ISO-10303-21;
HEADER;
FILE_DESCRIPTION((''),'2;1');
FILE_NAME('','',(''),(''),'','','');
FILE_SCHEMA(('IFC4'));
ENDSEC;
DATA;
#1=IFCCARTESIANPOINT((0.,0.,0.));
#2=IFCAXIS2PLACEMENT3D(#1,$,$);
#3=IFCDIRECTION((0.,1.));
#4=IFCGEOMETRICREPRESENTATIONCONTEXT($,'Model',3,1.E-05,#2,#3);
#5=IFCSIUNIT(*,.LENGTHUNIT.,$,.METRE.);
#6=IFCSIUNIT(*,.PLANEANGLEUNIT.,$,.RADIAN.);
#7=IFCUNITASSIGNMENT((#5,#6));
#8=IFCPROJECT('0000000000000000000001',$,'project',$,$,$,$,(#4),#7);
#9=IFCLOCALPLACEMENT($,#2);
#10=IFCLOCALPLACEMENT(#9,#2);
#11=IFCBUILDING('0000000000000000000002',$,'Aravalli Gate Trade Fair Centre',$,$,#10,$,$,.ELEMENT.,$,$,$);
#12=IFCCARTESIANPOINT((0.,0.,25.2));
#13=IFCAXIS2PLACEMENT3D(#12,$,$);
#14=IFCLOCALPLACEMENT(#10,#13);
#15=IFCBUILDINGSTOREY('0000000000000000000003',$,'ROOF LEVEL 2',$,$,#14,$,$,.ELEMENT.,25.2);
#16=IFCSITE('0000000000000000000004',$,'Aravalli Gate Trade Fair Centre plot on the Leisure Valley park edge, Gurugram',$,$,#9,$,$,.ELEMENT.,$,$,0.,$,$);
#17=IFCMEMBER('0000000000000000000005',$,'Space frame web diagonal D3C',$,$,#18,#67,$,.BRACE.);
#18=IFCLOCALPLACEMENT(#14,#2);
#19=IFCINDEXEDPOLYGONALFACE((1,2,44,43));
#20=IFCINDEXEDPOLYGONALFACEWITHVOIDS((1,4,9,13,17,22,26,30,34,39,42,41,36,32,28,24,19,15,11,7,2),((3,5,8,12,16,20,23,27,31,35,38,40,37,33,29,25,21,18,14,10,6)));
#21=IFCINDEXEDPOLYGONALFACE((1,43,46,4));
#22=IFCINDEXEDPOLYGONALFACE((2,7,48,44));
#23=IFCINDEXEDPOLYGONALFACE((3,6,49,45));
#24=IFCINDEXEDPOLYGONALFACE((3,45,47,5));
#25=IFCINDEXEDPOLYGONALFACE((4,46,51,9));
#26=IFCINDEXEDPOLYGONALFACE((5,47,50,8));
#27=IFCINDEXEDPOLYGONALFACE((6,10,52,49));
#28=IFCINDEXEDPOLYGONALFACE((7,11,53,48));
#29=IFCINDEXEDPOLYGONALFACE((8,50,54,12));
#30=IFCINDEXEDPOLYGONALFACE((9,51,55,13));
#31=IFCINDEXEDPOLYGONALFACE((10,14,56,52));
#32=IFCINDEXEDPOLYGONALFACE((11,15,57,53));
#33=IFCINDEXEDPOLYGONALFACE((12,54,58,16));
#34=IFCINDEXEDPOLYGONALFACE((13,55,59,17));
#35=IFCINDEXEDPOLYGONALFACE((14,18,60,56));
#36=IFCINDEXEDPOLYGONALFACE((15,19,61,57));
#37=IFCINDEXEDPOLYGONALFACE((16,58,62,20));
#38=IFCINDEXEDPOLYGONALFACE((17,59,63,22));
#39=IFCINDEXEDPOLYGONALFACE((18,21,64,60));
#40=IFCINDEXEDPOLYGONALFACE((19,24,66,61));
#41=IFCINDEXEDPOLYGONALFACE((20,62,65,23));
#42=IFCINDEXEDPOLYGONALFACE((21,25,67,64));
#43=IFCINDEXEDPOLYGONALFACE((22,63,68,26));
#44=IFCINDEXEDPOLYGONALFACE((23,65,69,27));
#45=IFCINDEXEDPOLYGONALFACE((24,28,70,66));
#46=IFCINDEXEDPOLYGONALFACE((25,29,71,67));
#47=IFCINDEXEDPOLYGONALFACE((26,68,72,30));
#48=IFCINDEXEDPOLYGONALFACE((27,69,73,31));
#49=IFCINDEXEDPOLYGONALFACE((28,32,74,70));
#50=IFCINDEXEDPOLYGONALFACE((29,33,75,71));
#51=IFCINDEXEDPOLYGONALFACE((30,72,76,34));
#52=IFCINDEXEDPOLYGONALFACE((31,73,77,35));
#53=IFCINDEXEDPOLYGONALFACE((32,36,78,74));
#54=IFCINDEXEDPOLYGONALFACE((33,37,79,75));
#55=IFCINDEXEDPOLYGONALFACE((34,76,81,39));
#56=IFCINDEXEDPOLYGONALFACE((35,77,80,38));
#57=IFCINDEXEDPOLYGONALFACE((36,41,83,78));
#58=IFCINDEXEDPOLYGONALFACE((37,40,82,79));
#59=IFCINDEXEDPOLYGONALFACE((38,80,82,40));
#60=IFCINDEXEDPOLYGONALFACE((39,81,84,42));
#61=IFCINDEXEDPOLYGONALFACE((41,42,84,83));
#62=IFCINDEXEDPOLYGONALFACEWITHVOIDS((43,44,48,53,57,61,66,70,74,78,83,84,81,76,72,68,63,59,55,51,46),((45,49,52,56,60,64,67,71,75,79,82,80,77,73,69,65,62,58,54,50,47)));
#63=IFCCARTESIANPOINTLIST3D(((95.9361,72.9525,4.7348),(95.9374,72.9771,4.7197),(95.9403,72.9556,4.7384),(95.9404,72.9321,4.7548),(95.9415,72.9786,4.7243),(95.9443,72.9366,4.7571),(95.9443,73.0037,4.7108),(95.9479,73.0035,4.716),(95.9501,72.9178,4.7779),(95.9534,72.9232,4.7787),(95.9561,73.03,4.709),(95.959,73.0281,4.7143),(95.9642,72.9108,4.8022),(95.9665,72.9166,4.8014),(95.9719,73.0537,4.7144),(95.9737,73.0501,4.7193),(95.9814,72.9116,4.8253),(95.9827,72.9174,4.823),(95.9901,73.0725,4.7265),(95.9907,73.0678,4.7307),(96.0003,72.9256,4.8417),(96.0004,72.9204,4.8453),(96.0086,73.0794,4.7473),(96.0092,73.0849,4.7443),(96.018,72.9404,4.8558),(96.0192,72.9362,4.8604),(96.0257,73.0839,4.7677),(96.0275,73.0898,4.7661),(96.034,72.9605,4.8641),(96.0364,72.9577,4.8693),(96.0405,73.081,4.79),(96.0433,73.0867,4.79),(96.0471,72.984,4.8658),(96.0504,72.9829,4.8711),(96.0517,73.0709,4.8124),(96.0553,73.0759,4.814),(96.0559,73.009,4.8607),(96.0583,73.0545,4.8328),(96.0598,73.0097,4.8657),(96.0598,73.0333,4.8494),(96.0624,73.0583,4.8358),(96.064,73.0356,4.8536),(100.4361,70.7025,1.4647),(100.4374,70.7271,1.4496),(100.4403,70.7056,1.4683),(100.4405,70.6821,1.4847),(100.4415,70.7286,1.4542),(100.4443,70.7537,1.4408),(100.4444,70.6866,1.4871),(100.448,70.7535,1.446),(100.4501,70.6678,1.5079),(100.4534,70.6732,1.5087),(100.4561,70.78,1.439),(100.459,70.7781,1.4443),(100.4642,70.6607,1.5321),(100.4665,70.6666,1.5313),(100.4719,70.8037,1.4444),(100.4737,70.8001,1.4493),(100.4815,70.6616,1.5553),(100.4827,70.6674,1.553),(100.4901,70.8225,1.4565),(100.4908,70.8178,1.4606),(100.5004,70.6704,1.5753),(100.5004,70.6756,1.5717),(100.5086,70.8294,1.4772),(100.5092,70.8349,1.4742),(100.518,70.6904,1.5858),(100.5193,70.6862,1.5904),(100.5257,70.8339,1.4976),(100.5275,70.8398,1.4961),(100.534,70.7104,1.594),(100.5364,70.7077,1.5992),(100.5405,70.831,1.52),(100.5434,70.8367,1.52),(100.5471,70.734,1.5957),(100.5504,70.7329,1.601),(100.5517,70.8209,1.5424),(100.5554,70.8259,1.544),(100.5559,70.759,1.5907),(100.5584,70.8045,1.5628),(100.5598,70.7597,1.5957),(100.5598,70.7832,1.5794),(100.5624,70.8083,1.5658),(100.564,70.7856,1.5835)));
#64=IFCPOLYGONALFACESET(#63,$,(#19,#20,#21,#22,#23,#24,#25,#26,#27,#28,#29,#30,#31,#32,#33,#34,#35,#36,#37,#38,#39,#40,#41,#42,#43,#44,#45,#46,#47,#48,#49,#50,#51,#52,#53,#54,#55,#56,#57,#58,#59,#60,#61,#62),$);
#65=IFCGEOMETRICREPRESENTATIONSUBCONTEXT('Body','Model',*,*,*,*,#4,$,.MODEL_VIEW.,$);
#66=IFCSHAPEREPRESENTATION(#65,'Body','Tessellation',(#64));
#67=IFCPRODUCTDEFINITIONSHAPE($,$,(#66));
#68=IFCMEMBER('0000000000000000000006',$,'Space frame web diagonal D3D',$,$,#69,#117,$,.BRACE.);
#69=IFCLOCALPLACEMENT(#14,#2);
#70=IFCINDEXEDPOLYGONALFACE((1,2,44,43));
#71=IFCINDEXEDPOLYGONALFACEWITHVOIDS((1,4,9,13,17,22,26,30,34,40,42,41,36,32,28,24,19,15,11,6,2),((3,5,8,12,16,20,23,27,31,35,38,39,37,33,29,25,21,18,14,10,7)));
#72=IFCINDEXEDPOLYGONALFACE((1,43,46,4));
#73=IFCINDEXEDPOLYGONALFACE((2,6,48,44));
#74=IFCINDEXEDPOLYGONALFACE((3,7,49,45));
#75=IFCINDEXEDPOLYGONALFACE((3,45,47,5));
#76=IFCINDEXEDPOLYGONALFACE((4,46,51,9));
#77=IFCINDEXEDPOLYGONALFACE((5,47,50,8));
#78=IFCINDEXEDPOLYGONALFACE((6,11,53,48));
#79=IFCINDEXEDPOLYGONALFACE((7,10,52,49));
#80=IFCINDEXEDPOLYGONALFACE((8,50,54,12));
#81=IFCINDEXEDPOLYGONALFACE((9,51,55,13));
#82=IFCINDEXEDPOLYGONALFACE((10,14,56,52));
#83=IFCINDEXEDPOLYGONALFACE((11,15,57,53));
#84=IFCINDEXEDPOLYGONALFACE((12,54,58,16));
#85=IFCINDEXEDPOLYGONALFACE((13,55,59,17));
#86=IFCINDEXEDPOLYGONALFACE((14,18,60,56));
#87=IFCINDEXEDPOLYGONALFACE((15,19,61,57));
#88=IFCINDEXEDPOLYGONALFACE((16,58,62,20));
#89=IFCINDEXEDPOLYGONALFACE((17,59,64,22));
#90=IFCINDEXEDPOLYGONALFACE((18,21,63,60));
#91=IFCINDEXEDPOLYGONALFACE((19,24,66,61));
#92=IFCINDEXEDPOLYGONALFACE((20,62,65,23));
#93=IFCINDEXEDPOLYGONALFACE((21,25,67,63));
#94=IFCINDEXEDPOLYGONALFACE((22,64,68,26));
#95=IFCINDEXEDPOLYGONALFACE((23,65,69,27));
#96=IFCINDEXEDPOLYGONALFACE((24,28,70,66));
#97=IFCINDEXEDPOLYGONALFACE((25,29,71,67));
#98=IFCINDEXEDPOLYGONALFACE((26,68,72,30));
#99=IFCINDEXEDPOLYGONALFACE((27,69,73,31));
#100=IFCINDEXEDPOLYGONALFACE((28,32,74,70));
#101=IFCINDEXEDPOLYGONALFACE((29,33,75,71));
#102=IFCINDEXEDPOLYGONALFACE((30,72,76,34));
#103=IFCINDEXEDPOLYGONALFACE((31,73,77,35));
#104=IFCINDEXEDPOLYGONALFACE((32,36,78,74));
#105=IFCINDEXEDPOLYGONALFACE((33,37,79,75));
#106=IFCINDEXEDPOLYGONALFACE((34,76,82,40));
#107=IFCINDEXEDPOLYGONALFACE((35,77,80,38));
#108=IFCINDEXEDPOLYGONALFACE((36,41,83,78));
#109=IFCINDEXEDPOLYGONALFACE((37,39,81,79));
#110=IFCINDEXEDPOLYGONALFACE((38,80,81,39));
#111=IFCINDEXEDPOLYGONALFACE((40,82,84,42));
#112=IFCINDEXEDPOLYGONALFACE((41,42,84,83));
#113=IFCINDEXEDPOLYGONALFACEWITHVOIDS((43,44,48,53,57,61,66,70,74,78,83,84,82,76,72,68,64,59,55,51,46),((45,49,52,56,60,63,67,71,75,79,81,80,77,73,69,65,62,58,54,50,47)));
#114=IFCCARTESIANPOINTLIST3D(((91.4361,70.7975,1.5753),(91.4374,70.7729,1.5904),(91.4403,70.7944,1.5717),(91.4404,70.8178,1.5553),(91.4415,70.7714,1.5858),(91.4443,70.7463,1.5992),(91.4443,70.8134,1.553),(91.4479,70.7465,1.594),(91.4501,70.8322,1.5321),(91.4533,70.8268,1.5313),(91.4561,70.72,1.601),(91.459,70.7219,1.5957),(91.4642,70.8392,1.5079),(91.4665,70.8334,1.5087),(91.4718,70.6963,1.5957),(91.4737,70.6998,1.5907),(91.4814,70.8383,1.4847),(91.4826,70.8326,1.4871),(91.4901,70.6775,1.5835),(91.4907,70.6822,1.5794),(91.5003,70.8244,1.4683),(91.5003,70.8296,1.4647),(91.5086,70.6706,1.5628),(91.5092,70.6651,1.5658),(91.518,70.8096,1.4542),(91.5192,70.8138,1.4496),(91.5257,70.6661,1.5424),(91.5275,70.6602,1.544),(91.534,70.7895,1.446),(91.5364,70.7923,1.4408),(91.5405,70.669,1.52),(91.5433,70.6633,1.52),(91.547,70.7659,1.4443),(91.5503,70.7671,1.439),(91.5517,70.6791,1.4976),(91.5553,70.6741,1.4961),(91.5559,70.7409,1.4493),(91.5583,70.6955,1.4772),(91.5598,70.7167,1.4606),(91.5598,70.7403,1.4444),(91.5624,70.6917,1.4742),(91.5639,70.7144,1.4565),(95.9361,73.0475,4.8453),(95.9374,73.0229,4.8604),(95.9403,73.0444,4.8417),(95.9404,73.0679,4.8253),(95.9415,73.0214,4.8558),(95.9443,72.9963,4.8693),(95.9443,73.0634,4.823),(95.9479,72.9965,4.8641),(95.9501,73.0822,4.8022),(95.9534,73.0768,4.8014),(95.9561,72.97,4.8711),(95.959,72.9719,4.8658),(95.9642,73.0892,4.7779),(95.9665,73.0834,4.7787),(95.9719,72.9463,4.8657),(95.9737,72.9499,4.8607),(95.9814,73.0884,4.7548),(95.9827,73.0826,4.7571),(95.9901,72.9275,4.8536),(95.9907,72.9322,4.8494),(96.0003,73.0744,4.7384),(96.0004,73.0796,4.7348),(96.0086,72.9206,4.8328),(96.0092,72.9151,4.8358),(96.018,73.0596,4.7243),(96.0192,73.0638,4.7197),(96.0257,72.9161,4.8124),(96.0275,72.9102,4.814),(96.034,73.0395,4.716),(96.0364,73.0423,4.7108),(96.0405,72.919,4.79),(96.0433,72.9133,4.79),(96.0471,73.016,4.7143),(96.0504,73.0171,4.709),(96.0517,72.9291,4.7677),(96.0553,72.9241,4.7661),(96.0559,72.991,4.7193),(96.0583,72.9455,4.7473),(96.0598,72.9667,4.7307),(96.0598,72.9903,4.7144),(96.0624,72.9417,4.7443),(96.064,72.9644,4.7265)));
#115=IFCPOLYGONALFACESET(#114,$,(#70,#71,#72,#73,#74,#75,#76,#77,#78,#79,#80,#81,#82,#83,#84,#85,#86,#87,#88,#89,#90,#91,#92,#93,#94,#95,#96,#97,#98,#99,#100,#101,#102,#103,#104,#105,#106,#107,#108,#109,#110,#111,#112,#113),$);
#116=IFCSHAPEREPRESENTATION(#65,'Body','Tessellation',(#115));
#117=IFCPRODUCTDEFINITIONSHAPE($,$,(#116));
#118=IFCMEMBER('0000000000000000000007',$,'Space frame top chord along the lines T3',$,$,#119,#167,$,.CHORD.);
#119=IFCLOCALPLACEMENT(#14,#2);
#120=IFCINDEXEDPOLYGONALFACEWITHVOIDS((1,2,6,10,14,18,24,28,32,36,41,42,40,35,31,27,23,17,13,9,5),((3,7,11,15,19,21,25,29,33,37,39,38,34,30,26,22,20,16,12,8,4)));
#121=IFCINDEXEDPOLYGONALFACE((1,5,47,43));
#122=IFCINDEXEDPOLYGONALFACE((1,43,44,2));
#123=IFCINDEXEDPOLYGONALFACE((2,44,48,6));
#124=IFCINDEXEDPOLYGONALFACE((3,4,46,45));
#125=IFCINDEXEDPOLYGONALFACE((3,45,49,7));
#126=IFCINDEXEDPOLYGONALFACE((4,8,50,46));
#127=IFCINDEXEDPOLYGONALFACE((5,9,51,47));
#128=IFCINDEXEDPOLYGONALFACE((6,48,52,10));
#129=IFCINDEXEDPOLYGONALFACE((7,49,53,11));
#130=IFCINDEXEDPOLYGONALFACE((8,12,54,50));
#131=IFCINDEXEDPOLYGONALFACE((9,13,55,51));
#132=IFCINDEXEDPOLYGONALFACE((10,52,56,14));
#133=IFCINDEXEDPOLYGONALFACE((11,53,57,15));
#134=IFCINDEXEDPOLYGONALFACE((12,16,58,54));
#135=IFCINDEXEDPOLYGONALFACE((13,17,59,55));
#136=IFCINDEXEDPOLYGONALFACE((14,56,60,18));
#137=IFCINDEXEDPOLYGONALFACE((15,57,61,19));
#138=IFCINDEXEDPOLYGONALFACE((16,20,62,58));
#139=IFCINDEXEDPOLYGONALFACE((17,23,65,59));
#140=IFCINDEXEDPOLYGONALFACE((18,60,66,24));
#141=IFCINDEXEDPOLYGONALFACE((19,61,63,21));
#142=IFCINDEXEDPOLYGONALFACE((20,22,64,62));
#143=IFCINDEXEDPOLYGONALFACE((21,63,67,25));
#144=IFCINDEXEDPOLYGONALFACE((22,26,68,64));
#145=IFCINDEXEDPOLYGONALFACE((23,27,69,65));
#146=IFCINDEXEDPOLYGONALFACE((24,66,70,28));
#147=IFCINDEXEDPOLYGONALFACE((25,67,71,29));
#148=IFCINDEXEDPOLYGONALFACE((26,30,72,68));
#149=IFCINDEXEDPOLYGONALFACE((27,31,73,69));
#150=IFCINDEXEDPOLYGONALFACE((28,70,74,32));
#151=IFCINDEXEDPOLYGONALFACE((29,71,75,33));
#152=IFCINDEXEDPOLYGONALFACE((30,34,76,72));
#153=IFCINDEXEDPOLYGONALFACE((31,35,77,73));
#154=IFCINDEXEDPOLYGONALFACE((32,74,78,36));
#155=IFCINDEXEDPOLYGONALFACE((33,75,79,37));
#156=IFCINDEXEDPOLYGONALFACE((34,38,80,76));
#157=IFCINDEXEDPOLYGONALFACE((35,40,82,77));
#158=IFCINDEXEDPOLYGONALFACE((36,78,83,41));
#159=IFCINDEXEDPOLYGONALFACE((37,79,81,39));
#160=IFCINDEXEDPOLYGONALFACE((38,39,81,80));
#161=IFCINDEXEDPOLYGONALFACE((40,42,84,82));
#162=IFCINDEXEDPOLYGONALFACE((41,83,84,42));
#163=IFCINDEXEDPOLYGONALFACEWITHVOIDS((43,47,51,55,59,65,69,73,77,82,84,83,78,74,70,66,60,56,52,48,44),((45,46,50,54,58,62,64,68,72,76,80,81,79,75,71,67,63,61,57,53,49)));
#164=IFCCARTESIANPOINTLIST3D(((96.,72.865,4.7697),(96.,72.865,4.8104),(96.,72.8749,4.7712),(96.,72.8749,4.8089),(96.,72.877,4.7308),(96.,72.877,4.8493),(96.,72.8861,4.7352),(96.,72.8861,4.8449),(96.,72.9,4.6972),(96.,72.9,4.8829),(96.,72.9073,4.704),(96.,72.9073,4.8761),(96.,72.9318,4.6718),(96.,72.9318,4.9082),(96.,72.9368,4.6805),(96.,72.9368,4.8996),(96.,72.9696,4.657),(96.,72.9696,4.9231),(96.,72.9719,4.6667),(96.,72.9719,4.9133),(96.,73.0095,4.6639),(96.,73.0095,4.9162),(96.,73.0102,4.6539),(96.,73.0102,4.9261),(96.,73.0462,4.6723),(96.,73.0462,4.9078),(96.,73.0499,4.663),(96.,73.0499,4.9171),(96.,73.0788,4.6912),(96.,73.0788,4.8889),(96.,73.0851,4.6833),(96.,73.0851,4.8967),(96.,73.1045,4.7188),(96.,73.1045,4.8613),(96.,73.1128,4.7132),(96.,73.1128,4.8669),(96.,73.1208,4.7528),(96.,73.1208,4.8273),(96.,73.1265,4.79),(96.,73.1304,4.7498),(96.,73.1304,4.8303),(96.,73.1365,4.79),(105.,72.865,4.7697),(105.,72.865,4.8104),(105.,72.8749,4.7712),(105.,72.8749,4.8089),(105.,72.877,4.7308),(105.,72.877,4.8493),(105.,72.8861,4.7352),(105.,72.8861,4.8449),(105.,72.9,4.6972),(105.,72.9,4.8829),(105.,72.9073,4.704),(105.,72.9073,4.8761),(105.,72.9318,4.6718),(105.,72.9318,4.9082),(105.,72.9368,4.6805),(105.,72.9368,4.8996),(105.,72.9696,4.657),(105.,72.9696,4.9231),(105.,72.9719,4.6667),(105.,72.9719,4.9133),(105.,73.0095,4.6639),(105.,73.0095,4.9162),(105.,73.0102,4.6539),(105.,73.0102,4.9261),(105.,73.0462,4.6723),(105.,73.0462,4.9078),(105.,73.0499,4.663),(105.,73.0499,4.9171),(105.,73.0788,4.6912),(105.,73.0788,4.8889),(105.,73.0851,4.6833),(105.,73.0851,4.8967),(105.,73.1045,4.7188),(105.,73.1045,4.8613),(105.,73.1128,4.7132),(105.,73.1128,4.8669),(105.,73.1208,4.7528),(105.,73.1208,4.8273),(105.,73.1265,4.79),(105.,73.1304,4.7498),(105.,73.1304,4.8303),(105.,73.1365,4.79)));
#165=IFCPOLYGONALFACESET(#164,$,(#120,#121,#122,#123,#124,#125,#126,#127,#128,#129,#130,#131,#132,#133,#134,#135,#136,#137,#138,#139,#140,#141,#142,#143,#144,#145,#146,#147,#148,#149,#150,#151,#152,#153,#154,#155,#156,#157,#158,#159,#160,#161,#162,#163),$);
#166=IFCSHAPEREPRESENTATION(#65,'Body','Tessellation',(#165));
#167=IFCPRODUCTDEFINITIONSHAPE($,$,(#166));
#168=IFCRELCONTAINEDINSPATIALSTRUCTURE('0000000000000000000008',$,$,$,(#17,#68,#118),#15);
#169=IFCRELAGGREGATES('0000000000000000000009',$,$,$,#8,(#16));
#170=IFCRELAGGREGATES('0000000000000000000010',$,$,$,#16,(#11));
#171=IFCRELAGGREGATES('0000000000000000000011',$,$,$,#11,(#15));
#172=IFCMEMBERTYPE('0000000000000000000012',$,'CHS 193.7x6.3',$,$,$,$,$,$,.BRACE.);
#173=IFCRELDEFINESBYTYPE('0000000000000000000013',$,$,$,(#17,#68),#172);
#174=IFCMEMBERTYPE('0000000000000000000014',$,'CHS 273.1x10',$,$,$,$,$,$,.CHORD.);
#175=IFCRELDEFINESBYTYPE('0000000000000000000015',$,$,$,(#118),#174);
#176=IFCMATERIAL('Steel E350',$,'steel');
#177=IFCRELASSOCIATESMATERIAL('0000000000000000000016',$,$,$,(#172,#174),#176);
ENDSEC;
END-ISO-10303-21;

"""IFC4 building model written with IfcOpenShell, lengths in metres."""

from ifc_helpers import new_model, si_unit, direction, frame, origin, origin_2d, place, context, subcontext, project, spatial, hollow_circle, extrude, material, material_profile, profile_set, type_object, element, save


model = new_model("IFC4")

# Units and contexts
model_context = context("Model", 3, precision=1e-05, world=origin(), true_north=direction((0.0, 1.0)))
body_context = subcontext(model_context, "Body", "Model", "MODEL_VIEW")
ifc_project = project(units=[si_unit("LENGTHUNIT", "METRE"), si_unit("PLANEANGLEUNIT", "RADIAN")], contexts=[model_context])

# Site, building, storey
site_placement = place(None, origin())
site = spatial("IfcSite", under=ifc_project, at=site_placement, Name="Aravalli Gate Trade Fair Centre plot on the Leisure Valley park edge, Gurugram", CompositionType="ELEMENT", RefElevation=0.0)
building_placement = place(site_placement, origin())
building = spatial("IfcBuilding", under=site, at=building_placement, Name="Aravalli Gate Trade Fair Centre", CompositionType="ELEMENT")
storey_placement = place(building_placement, frame((0.0, 0.0, 25.2)))
storey = spatial("IfcBuildingStorey", under=building, at=storey_placement, Name="ROOF LEVEL 2", CompositionType="ELEMENT", Elevation=25.2)

# Members
ifc_material_1 = material(Name="Steel E350", Category="steel")
ifc_material_profile_1 = material_profile(ifc_material_1, hollow_circle(Radius=0.0969, WallThickness=0.0063, at=origin_2d()), Name="CHS 193.7x6.3")
ifc_profile_set_1 = profile_set([ifc_material_profile_1], Name="Steel E350")
member_type_1 = type_object("IfcMemberType", Name="CHS 193.7x6.3", PredefinedType="BRACE", material=ifc_profile_set_1)
for number, where, z_axis, x_axis, name in (
    (1, (96.0, 73.0, 4.79), (0.749942, -0.374971, -0.544961), (0.447214, 0.894427, 0.0), "Space frame web diagonal D3C"),
    (2, (96.0, 73.0, 4.79), (-0.749942, -0.374971, -0.544961), (0.447214, -0.894427, 0.0), "Space frame web diagonal D3D"),
):
    element("IfcMember", number, at=place(storey_placement, frame(where, z_axis=z_axis, x_axis=x_axis)), inside=storey, type_object=member_type_1, Name=name, PredefinedType="BRACE", context=body_context, shape_type="SweptSolid", body=[
        extrude(hollow_circle(Radius=0.0969, WallThickness=0.0063, at=origin_2d()), origin(), (0.0, 0.0, 1.0), 6.0005),
    ])
ifc_material_profile_2 = material_profile(ifc_material_1, hollow_circle(Radius=0.1365, WallThickness=0.01, at=origin_2d()), Name="CHS 273.1x10")
ifc_profile_set_2 = profile_set([ifc_material_profile_2], Name="Steel E350")
member_type_2 = type_object("IfcMemberType", Name="CHS 273.1x10", PredefinedType="CHORD", material=ifc_profile_set_2)
member_1_placement = place(storey_placement, frame((96.0, 73.0, 4.79), z_axis=(1.0, 0.0, 0.0), x_axis=(0.0, 1.0, 0.0)))
element("IfcMember", 3, at=member_1_placement, inside=storey, type_object=member_type_2, Name="Space frame top chord along the lines T3", PredefinedType="CHORD", context=body_context, shape_type="SweptSolid", body=[
    extrude(hollow_circle(Radius=0.1365, WallThickness=0.01, at=origin_2d()), origin(), (0.0, 0.0, 1.0), 9.0),
])

save(model, "model.ifc")
